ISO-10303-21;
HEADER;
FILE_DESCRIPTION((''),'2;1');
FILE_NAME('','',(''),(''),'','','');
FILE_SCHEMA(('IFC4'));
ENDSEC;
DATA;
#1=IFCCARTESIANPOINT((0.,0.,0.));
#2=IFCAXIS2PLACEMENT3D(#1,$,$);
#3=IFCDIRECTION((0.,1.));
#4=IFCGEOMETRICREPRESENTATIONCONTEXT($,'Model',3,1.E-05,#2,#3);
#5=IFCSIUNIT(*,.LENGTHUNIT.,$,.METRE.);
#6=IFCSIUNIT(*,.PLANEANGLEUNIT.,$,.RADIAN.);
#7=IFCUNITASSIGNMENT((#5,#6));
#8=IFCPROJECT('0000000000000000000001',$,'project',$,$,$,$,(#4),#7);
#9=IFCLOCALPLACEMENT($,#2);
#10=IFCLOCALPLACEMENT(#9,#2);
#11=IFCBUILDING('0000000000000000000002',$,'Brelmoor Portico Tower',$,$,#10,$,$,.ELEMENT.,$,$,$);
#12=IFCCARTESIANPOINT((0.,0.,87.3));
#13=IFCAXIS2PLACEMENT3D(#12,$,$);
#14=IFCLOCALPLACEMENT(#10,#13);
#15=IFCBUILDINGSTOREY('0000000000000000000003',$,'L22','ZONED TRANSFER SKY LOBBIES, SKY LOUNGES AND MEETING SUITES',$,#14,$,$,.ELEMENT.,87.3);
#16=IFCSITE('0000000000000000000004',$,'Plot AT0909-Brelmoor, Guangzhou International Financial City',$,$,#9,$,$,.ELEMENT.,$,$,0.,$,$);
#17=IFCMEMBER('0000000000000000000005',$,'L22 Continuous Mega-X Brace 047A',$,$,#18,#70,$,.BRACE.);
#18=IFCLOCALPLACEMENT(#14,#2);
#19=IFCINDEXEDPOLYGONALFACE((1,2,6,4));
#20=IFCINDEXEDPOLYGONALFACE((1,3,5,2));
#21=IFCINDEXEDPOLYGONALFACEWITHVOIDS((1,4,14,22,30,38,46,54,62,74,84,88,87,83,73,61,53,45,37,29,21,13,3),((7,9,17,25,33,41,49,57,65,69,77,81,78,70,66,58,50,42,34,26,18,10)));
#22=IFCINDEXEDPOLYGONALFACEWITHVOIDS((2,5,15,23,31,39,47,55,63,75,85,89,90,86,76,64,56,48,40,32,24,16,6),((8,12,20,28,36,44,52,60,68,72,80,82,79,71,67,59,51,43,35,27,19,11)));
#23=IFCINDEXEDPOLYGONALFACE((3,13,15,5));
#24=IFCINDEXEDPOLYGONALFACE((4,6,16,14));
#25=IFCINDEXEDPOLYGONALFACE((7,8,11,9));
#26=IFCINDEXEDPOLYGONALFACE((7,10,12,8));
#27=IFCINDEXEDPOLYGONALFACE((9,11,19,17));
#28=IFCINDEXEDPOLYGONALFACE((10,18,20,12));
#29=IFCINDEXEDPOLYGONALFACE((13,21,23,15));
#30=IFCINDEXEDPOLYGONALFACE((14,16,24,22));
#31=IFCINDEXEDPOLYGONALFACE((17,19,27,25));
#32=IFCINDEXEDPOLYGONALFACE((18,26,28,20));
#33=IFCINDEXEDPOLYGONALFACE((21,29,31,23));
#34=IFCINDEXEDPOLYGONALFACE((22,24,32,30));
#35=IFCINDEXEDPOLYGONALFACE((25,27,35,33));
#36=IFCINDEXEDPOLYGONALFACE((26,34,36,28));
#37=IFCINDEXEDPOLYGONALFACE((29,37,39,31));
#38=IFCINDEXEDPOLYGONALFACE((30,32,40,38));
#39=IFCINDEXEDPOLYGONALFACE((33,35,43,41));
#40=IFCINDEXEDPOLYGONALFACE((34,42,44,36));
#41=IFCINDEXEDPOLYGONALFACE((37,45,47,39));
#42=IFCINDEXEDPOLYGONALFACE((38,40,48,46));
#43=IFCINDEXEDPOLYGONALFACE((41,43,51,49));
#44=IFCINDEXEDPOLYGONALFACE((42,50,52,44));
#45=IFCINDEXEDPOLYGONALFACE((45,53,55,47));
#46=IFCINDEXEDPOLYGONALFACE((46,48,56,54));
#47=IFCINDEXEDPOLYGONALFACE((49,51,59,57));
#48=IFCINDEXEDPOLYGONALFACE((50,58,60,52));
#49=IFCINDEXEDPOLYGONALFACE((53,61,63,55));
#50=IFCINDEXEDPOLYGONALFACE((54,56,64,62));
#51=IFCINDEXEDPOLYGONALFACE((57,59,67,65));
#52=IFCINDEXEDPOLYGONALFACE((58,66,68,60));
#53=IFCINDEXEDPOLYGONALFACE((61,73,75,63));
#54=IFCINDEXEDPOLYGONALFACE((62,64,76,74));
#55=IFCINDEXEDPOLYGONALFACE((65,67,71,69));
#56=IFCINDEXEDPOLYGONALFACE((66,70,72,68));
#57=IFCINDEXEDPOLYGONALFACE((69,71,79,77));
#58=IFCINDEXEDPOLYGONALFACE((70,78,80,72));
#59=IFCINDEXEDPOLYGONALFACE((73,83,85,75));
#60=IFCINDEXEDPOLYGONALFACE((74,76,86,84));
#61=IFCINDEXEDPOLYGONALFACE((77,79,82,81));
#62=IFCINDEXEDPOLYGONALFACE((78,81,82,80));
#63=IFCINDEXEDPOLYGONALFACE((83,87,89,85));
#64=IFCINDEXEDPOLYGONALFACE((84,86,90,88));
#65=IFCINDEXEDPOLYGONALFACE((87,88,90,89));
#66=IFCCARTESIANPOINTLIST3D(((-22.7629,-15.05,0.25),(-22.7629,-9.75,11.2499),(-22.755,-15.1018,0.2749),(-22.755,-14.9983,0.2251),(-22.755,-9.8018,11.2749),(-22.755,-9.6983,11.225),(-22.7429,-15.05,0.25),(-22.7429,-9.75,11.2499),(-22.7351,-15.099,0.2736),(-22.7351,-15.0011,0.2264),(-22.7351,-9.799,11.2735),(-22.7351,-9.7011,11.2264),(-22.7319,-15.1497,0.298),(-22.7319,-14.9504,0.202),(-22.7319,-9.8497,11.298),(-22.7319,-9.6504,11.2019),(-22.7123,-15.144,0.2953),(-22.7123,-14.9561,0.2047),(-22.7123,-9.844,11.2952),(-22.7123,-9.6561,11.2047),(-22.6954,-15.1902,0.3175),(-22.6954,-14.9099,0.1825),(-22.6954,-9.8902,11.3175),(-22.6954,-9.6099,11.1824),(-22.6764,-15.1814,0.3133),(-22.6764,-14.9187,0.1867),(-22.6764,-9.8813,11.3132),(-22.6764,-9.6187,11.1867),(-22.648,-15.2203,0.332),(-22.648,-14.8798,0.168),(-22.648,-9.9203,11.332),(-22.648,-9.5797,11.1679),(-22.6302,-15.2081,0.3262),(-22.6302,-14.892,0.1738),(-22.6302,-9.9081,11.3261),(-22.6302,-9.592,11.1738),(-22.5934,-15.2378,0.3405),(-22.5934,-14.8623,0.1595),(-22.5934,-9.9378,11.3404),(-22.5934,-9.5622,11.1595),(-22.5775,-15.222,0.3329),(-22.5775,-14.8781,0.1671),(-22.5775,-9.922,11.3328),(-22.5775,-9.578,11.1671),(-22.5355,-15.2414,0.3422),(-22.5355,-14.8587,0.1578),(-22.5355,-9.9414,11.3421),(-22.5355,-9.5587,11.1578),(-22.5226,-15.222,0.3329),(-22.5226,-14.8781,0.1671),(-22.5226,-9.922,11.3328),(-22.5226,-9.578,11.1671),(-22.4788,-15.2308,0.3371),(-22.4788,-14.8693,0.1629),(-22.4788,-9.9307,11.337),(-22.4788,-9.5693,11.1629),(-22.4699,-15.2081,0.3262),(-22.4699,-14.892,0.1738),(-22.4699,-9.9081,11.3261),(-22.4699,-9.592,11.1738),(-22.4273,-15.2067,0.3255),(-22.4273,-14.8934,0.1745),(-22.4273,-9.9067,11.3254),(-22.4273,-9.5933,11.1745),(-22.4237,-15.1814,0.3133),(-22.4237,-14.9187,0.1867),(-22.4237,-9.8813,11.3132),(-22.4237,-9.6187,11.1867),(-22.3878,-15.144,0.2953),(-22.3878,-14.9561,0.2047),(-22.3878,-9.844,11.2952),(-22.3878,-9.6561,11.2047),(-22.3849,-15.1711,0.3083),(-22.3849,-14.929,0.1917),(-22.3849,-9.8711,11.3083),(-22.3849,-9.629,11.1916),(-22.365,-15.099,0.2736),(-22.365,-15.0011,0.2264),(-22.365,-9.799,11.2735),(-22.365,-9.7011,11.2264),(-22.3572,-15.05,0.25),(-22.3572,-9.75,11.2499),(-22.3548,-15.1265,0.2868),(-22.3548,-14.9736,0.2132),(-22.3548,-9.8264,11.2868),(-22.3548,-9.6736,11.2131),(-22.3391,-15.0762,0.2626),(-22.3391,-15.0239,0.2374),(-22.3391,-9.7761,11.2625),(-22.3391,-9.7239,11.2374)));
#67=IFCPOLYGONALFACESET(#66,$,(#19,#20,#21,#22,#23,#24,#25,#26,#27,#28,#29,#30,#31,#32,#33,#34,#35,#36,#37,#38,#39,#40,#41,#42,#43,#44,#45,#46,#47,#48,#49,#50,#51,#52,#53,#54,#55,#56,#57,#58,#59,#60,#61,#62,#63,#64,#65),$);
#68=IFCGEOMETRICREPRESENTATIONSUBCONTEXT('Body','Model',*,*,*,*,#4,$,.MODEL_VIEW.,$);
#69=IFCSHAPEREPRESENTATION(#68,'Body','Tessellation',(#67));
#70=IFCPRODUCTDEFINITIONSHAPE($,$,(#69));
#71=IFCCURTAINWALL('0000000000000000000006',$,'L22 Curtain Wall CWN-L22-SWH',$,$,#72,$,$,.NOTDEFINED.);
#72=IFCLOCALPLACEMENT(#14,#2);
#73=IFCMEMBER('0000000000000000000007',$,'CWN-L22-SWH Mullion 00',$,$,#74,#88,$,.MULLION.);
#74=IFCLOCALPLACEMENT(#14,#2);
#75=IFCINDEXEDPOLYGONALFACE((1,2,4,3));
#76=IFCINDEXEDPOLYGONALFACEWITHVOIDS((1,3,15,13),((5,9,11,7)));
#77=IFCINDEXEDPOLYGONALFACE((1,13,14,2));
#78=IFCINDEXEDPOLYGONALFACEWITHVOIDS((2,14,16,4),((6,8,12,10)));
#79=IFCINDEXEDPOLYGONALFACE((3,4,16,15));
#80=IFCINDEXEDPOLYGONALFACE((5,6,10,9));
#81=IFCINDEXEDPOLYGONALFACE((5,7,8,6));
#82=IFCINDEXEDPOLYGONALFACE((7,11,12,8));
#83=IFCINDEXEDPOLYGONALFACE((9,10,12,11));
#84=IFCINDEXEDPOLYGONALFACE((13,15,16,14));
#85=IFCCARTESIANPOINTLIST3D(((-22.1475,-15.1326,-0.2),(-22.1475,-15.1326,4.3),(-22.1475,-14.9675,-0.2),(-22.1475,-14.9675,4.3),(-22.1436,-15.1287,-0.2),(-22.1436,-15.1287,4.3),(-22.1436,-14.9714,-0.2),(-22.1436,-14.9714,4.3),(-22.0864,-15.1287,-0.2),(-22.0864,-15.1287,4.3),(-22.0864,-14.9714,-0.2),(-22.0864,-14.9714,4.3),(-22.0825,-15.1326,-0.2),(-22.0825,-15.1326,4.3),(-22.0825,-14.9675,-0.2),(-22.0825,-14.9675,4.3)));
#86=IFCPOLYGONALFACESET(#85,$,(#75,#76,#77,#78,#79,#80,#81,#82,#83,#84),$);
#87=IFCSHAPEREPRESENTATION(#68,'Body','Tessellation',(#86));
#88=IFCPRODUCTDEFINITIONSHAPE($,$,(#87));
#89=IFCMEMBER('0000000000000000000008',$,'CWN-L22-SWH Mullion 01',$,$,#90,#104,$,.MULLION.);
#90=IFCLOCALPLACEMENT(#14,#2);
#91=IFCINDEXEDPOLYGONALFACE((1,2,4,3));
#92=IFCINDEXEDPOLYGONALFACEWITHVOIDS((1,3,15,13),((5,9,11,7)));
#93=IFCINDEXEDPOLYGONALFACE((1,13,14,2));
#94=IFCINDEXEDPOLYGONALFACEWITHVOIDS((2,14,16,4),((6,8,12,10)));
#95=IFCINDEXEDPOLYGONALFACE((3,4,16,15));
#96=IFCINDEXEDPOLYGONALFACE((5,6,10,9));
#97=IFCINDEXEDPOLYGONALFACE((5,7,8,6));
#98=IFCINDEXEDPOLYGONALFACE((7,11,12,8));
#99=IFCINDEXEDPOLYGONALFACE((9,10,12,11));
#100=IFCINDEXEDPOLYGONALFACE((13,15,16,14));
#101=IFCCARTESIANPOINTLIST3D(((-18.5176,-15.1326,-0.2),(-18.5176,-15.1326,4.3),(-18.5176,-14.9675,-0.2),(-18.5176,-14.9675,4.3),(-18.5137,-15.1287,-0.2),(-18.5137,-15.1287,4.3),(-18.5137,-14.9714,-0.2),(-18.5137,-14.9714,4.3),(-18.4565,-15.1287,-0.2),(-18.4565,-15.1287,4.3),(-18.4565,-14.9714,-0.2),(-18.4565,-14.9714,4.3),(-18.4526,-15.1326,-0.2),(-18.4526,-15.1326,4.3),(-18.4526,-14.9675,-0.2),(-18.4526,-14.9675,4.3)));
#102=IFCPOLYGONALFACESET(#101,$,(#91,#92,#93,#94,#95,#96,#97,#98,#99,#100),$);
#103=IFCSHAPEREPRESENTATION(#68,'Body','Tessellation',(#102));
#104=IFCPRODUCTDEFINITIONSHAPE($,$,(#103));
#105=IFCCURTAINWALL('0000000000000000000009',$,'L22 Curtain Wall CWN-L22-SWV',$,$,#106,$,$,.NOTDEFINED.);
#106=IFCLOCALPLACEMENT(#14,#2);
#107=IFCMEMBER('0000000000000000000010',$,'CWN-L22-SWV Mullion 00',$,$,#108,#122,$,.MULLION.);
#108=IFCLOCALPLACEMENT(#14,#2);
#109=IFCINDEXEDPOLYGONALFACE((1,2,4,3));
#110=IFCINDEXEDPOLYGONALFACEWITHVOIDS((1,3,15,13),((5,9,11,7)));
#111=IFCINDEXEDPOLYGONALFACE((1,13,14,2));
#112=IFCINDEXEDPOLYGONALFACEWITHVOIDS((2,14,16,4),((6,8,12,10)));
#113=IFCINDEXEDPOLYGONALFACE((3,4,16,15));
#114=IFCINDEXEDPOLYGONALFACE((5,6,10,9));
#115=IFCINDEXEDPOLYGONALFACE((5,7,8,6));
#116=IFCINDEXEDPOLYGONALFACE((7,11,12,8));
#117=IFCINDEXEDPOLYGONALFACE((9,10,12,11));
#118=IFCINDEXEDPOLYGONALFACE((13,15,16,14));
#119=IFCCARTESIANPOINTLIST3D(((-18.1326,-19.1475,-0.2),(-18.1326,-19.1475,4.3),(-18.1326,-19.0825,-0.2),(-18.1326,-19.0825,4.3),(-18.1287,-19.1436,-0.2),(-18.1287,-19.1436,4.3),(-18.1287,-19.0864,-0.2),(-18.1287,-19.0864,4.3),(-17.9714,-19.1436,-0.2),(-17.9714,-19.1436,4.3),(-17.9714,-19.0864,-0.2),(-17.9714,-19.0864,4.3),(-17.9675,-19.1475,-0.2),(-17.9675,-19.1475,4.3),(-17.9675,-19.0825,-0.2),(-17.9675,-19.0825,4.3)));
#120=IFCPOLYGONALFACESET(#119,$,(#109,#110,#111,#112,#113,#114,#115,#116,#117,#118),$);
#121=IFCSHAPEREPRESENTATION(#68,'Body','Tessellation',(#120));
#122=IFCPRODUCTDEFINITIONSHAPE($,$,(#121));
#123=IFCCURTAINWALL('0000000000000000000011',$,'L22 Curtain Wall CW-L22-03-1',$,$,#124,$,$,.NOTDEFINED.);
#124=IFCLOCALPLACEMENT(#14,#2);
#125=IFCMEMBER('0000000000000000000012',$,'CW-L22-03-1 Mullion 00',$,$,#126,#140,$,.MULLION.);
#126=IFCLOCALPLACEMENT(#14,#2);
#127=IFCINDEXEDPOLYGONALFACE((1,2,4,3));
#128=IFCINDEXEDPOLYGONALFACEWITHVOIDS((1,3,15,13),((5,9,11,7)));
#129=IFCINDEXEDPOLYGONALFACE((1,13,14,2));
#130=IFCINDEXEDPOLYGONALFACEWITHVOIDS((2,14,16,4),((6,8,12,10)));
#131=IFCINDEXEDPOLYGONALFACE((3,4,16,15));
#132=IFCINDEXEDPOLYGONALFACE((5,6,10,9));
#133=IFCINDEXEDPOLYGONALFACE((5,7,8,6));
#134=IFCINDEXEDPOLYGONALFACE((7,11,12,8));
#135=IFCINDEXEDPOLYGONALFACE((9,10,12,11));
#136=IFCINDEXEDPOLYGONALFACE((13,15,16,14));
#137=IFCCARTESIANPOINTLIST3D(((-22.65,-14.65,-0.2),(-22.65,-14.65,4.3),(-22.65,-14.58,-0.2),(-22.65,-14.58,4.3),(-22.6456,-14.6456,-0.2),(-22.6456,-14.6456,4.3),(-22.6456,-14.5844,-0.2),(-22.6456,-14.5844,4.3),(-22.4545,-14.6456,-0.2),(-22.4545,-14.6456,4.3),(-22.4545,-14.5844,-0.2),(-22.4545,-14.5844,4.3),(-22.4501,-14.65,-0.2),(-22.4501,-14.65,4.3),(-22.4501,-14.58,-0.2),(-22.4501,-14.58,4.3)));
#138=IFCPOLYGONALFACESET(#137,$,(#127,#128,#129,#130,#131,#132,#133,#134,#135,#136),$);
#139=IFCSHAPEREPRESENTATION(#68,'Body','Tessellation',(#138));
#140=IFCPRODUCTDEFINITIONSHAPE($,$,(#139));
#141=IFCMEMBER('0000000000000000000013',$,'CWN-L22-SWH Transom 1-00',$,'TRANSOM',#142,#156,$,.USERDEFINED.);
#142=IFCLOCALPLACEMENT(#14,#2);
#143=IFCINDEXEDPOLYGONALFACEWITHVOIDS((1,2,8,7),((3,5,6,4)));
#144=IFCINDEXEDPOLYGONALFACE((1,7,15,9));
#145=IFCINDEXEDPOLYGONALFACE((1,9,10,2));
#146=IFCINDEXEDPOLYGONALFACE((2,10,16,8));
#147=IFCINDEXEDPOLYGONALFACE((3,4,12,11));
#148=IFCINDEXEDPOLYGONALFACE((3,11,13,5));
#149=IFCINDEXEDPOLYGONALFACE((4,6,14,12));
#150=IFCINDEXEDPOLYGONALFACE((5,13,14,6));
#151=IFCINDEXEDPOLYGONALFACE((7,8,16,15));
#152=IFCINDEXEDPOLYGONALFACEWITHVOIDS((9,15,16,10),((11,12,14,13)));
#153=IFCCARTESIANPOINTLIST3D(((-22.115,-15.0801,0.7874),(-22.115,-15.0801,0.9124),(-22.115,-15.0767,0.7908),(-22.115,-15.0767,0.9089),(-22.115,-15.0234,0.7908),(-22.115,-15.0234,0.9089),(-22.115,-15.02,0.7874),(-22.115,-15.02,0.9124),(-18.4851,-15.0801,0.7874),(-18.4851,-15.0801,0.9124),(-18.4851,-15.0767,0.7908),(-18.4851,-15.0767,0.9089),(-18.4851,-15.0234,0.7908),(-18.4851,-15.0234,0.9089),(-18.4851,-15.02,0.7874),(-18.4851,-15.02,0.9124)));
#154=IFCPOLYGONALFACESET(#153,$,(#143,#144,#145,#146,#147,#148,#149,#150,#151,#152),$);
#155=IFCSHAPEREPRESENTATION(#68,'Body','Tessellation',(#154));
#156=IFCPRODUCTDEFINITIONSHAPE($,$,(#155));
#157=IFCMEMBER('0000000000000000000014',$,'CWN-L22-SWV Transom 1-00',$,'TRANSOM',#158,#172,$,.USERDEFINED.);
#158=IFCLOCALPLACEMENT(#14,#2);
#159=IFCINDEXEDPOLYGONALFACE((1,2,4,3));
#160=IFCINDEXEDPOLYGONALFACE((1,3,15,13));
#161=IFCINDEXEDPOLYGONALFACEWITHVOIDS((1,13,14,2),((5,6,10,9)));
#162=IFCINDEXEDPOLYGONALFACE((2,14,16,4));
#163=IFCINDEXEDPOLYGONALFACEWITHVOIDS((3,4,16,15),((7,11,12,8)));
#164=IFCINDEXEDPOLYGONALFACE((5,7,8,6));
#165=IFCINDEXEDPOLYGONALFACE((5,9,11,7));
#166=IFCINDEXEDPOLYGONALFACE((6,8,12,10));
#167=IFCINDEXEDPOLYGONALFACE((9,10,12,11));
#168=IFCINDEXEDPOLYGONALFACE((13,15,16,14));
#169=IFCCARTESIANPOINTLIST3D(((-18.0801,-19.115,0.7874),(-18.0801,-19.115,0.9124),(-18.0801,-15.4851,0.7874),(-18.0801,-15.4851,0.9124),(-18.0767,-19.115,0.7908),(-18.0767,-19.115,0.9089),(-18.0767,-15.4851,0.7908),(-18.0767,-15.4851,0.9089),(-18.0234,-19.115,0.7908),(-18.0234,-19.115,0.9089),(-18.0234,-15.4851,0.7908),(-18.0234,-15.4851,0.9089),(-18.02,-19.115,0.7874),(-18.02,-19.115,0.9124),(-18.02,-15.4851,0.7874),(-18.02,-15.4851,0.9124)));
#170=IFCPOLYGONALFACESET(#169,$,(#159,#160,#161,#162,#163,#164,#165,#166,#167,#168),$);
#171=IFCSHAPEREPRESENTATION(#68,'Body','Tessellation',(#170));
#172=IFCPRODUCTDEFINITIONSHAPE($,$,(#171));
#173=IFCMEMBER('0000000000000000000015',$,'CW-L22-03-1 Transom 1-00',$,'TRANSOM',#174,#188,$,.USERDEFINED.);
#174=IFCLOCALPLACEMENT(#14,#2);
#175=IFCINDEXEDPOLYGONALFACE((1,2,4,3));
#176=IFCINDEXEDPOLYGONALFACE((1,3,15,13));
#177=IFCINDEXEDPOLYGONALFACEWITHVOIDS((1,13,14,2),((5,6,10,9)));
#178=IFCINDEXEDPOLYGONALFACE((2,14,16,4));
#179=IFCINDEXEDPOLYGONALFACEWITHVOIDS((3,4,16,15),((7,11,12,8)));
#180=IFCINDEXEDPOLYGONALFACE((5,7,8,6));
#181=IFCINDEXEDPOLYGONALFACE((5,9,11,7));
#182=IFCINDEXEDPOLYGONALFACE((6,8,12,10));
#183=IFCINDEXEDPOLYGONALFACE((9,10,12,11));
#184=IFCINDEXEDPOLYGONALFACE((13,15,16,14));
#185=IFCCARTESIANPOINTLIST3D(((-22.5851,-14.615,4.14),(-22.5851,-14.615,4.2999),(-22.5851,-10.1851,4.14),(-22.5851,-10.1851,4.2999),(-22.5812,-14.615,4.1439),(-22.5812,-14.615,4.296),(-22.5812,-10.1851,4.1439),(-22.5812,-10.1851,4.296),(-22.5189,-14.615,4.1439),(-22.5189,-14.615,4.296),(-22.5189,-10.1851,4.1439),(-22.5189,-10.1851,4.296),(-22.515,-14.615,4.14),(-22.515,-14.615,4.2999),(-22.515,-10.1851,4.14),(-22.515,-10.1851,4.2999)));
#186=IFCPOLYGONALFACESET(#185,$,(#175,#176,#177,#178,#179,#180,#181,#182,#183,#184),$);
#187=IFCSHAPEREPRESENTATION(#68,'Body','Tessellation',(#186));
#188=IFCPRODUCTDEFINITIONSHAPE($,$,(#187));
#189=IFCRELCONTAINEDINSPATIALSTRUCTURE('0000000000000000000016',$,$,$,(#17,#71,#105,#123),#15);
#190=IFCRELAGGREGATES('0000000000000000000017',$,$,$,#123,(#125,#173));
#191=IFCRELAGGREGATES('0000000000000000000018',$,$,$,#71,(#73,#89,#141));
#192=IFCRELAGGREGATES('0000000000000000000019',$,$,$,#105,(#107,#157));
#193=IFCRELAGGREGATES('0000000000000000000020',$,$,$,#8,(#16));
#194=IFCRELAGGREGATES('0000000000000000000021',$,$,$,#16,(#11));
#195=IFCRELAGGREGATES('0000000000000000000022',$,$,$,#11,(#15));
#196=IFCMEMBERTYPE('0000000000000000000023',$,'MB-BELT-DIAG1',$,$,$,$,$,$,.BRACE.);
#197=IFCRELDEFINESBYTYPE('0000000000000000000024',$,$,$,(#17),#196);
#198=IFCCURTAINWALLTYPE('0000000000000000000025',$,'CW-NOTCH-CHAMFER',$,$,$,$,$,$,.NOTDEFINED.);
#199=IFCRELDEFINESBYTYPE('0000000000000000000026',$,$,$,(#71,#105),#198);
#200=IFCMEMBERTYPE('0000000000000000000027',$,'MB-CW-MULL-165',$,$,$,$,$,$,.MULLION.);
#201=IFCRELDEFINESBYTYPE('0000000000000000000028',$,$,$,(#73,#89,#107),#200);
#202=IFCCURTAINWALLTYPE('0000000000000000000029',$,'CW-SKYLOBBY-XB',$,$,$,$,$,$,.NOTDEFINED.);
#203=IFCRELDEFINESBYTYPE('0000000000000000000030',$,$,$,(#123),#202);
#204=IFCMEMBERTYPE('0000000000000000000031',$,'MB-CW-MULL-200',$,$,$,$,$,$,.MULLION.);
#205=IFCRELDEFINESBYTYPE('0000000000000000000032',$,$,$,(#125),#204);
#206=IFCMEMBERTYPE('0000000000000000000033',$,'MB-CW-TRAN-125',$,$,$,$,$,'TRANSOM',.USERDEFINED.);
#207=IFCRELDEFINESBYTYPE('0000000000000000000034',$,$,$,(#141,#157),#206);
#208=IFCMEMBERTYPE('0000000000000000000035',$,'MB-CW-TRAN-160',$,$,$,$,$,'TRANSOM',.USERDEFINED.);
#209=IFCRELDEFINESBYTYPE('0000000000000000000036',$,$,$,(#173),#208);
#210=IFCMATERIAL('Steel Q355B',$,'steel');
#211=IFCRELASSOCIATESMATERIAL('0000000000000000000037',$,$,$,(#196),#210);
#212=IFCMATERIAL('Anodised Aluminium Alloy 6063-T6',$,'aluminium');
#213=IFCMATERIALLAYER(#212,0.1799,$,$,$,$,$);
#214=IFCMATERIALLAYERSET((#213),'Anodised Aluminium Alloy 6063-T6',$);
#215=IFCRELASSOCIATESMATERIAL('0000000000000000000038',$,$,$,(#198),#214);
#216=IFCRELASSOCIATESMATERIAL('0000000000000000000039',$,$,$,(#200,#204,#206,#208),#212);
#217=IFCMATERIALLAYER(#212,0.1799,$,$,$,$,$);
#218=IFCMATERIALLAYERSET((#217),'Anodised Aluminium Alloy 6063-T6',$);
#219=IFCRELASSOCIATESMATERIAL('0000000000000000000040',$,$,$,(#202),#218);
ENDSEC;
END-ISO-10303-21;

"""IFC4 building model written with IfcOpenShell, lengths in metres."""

from ifc_helpers import new_model, si_unit, direction, frame, origin, origin_2d, place, context, subcontext, project, spatial, hollow_rectangle, hollow_circle, extrude, material, layer, layer_set, material_profile, profile_set, type_object, element, aggregate, save


model = new_model("IFC4")

# Units and contexts
model_context = context("Model", 3, precision=1e-05, world=origin(), true_north=direction((0.0, 1.0)))
body_context = subcontext(model_context, "Body", "Model", "MODEL_VIEW")
ifc_project = project(units=[si_unit("LENGTHUNIT", "METRE"), si_unit("PLANEANGLEUNIT", "RADIAN")], contexts=[model_context])

# Site, building, storey
site_placement = place(None, origin())
site = spatial("IfcSite", under=ifc_project, at=site_placement, Name="Plot AT0909-Brelmoor, Guangzhou International Financial City", CompositionType="ELEMENT", RefElevation=0.0)
building_placement = place(site_placement, origin())
building = spatial("IfcBuilding", under=site, at=building_placement, Name="Brelmoor Portico Tower", CompositionType="ELEMENT")
storey_placement = place(building_placement, frame((0.0, 0.0, 87.3)))
storey = spatial("IfcBuildingStorey", under=building, at=storey_placement, Name="L22", Description="ZONED TRANSFER SKY LOBBIES, SKY LOUNGES AND MEETING SUITES", CompositionType="ELEMENT", Elevation=87.3)

# Shared definitions
ifc_material_1 = material(Name="Steel Q355B", Category="steel")

# Member
ifc_material_profile_1 = material_profile(ifc_material_1, hollow_circle(Radius=0.2129, WallThickness=0.02, at=origin_2d()), Name="CHS 426x20")
ifc_profile_set_1 = profile_set([ifc_material_profile_1], Name="Steel Q355B")
member_type_1 = type_object("IfcMemberType", Name="MB-BELT-DIAG1", PredefinedType="BRACE", material=ifc_profile_set_1)
member_1_placement = place(storey_placement, frame((-22.55, -15.05, 0.25), z_axis=(0.0, 0.434065, 0.900882), x_axis=(-1.0, 0.0, 0.0)))
element("IfcMember", 1, at=member_1_placement, inside=storey, type_object=member_type_1, Name="L22 Continuous Mega-X Brace 047A", PredefinedType="BRACE", context=body_context, shape_type="SweptSolid", body=[
    extrude(hollow_circle(Radius=0.2129, WallThickness=0.02, at=origin_2d()), origin(), (0.0, 0.0, 1.0), 12.2102),
])

# Curtain wall, members
ifc_material_2 = material(Name="Anodised Aluminium Alloy 6063-T6", Category="aluminium")
ifc_layer_1 = layer(ifc_material_2, 0.1799)
ifc_layer_set_1 = layer_set([ifc_layer_1], Name="Anodised Aluminium Alloy 6063-T6")
curtain_wall_type_1 = type_object("IfcCurtainWallType", Name="CW-NOTCH-CHAMFER", PredefinedType="NOTDEFINED", material=ifc_layer_set_1)
curtain_wall_1_placement = place(storey_placement, origin())
curtain_wall_1 = element("IfcCurtainWall", 2, at=curtain_wall_1_placement, inside=storey, type_object=curtain_wall_type_1, Name="L22 Curtain Wall CWN-L22-SWH", PredefinedType="NOTDEFINED")
ifc_material_profile_2 = material_profile(ifc_material_2, hollow_rectangle(XDim=0.0649, YDim=0.165, WallThickness=0.0039, at=origin_2d()), Name="ALU MULLION 65x165")
ifc_profile_set_2 = profile_set([ifc_material_profile_2], Name="Anodised Aluminium Alloy 6063-T6")
member_type_2 = type_object("IfcMemberType", Name="MB-CW-MULL-165", PredefinedType="MULLION", material=ifc_profile_set_2)
member_2_placement = place(storey_placement, frame((-22.115, -15.05, -0.2), z_axis=(0.0, 0.0, 1.0), x_axis=(1.0, 0.0, 0.0)))
member_2 = element("IfcMember", 3, at=member_2_placement, type_object=member_type_2, Name="CWN-L22-SWH Mullion 00", PredefinedType="MULLION", context=body_context, shape_type="SweptSolid", body=[
    extrude(hollow_rectangle(XDim=0.0649, YDim=0.165, WallThickness=0.0039, at=origin_2d()), origin(), (0.0, 0.0, 1.0), 4.5),
])
member_3_placement = place(storey_placement, frame((-18.4851, -15.05, -0.2), z_axis=(0.0, 0.0, 1.0), x_axis=(1.0, 0.0, 0.0)))
member_3 = element("IfcMember", 4, at=member_3_placement, type_object=member_type_2, Name="CWN-L22-SWH Mullion 01", PredefinedType="MULLION", context=body_context, shape_type="SweptSolid", body=[
    extrude(hollow_rectangle(XDim=0.0649, YDim=0.165, WallThickness=0.0039, at=origin_2d()), origin(), (0.0, 0.0, 1.0), 4.5),
])

# Curtain walls, members
curtain_wall_2_placement = place(storey_placement, origin())
curtain_wall_2 = element("IfcCurtainWall", 5, at=curtain_wall_2_placement, inside=storey, type_object=curtain_wall_type_1, Name="L22 Curtain Wall CWN-L22-SWV", PredefinedType="NOTDEFINED")
member_4_placement = place(storey_placement, frame((-18.05, -19.115, -0.2), z_axis=(0.0, 0.0, 1.0), x_axis=(0.0, 1.0, 0.0)))
member_4 = element("IfcMember", 6, at=member_4_placement, type_object=member_type_2, Name="CWN-L22-SWV Mullion 00", PredefinedType="MULLION", context=body_context, shape_type="SweptSolid", body=[
    extrude(hollow_rectangle(XDim=0.0649, YDim=0.165, WallThickness=0.0039, at=origin_2d()), origin(), (0.0, 0.0, 1.0), 4.5),
])
ifc_layer_2 = layer(ifc_material_2, 0.1799)
ifc_layer_set_2 = layer_set([ifc_layer_2], Name="Anodised Aluminium Alloy 6063-T6")
curtain_wall_type_2 = type_object("IfcCurtainWallType", Name="CW-SKYLOBBY-XB", PredefinedType="NOTDEFINED", material=ifc_layer_set_2)
curtain_wall_3_placement = place(storey_placement, origin())
curtain_wall_3 = element("IfcCurtainWall", 7, at=curtain_wall_3_placement, inside=storey, type_object=curtain_wall_type_2, Name="L22 Curtain Wall CW-L22-03-1", PredefinedType="NOTDEFINED")
ifc_material_profile_3 = material_profile(ifc_material_2, hollow_rectangle(XDim=0.0701, YDim=0.2, WallThickness=0.0044, at=origin_2d()), Name="ALU MULLION 70x200")
ifc_profile_set_3 = profile_set([ifc_material_profile_3], Name="Anodised Aluminium Alloy 6063-T6")
member_type_3 = type_object("IfcMemberType", Name="MB-CW-MULL-200", PredefinedType="MULLION", material=ifc_profile_set_3)
member_5_placement = place(storey_placement, frame((-22.55, -14.615, -0.2), z_axis=(0.0, 0.0, 1.0), x_axis=(0.0, 1.0, 0.0)))
member_5 = element("IfcMember", 8, at=member_5_placement, type_object=member_type_3, Name="CW-L22-03-1 Mullion 00", PredefinedType="MULLION", context=body_context, shape_type="SweptSolid", body=[
    extrude(hollow_rectangle(XDim=0.0701, YDim=0.2, WallThickness=0.0044, at=origin_2d()), origin(), (0.0, 0.0, 1.0), 4.5),
])

# Members
ifc_material_profile_4 = material_profile(ifc_material_2, hollow_rectangle(XDim=0.0601, YDim=0.125, WallThickness=0.0034, at=origin_2d()), Name="ALU TRANSOM 60x125")
ifc_profile_set_4 = profile_set([ifc_material_profile_4], Name="Anodised Aluminium Alloy 6063-T6")
member_type_4 = type_object("IfcMemberType", Name="MB-CW-TRAN-125", ElementType="TRANSOM", PredefinedType="USERDEFINED", material=ifc_profile_set_4)
member_6_placement = place(storey_placement, frame((-22.115, -15.05, 0.8499), z_axis=(1.0, 0.0, 0.0), x_axis=(0.0, 1.0, 0.0)))
member_6 = element("IfcMember", 9, at=member_6_placement, type_object=member_type_4, Name="CWN-L22-SWH Transom 1-00", ObjectType="TRANSOM", PredefinedType="USERDEFINED", context=body_context, shape_type="SweptSolid", body=[
    extrude(hollow_rectangle(XDim=0.0601, YDim=0.125, WallThickness=0.0034, at=origin_2d()), origin(), (0.0, 0.0, 1.0), 3.6299),
])
member_7_placement = place(storey_placement, frame((-18.05, -19.115, 0.8499), z_axis=(0.0, 1.0, 0.0), x_axis=(-1.0, 0.0, 0.0)))
member_7 = element("IfcMember", 10, at=member_7_placement, type_object=member_type_4, Name="CWN-L22-SWV Transom 1-00", ObjectType="TRANSOM", PredefinedType="USERDEFINED", context=body_context, shape_type="SweptSolid", body=[
    extrude(hollow_rectangle(XDim=0.0601, YDim=0.125, WallThickness=0.0034, at=origin_2d()), origin(), (0.0, 0.0, 1.0), 3.6299),
])
ifc_material_profile_5 = material_profile(ifc_material_2, hollow_rectangle(XDim=0.0701, YDim=0.1599, WallThickness=0.0039, at=origin_2d()), Name="ALU TRANSOM 70x160")
ifc_profile_set_5 = profile_set([ifc_material_profile_5], Name="Anodised Aluminium Alloy 6063-T6")
member_type_5 = type_object("IfcMemberType", Name="MB-CW-TRAN-160", ElementType="TRANSOM", PredefinedType="USERDEFINED", material=ifc_profile_set_5)
member_8_placement = place(storey_placement, frame((-22.55, -14.615, 4.22), z_axis=(0.0, 1.0, 0.0), x_axis=(-1.0, 0.0, 0.0)))
member_8 = element("IfcMember", 11, at=member_8_placement, type_object=member_type_5, Name="CW-L22-03-1 Transom 1-00", ObjectType="TRANSOM", PredefinedType="USERDEFINED", context=body_context, shape_type="SweptSolid", body=[
    extrude(hollow_rectangle(XDim=0.0701, YDim=0.1599, WallThickness=0.0039, at=origin_2d()), origin(), (0.0, 0.0, 1.0), 4.4299),
])
aggregate(curtain_wall_3, [member_5, member_8])

aggregate(curtain_wall_1, [member_2, member_3, member_6])
aggregate(curtain_wall_2, [member_4, member_7])

save(model, "model.ifc")
